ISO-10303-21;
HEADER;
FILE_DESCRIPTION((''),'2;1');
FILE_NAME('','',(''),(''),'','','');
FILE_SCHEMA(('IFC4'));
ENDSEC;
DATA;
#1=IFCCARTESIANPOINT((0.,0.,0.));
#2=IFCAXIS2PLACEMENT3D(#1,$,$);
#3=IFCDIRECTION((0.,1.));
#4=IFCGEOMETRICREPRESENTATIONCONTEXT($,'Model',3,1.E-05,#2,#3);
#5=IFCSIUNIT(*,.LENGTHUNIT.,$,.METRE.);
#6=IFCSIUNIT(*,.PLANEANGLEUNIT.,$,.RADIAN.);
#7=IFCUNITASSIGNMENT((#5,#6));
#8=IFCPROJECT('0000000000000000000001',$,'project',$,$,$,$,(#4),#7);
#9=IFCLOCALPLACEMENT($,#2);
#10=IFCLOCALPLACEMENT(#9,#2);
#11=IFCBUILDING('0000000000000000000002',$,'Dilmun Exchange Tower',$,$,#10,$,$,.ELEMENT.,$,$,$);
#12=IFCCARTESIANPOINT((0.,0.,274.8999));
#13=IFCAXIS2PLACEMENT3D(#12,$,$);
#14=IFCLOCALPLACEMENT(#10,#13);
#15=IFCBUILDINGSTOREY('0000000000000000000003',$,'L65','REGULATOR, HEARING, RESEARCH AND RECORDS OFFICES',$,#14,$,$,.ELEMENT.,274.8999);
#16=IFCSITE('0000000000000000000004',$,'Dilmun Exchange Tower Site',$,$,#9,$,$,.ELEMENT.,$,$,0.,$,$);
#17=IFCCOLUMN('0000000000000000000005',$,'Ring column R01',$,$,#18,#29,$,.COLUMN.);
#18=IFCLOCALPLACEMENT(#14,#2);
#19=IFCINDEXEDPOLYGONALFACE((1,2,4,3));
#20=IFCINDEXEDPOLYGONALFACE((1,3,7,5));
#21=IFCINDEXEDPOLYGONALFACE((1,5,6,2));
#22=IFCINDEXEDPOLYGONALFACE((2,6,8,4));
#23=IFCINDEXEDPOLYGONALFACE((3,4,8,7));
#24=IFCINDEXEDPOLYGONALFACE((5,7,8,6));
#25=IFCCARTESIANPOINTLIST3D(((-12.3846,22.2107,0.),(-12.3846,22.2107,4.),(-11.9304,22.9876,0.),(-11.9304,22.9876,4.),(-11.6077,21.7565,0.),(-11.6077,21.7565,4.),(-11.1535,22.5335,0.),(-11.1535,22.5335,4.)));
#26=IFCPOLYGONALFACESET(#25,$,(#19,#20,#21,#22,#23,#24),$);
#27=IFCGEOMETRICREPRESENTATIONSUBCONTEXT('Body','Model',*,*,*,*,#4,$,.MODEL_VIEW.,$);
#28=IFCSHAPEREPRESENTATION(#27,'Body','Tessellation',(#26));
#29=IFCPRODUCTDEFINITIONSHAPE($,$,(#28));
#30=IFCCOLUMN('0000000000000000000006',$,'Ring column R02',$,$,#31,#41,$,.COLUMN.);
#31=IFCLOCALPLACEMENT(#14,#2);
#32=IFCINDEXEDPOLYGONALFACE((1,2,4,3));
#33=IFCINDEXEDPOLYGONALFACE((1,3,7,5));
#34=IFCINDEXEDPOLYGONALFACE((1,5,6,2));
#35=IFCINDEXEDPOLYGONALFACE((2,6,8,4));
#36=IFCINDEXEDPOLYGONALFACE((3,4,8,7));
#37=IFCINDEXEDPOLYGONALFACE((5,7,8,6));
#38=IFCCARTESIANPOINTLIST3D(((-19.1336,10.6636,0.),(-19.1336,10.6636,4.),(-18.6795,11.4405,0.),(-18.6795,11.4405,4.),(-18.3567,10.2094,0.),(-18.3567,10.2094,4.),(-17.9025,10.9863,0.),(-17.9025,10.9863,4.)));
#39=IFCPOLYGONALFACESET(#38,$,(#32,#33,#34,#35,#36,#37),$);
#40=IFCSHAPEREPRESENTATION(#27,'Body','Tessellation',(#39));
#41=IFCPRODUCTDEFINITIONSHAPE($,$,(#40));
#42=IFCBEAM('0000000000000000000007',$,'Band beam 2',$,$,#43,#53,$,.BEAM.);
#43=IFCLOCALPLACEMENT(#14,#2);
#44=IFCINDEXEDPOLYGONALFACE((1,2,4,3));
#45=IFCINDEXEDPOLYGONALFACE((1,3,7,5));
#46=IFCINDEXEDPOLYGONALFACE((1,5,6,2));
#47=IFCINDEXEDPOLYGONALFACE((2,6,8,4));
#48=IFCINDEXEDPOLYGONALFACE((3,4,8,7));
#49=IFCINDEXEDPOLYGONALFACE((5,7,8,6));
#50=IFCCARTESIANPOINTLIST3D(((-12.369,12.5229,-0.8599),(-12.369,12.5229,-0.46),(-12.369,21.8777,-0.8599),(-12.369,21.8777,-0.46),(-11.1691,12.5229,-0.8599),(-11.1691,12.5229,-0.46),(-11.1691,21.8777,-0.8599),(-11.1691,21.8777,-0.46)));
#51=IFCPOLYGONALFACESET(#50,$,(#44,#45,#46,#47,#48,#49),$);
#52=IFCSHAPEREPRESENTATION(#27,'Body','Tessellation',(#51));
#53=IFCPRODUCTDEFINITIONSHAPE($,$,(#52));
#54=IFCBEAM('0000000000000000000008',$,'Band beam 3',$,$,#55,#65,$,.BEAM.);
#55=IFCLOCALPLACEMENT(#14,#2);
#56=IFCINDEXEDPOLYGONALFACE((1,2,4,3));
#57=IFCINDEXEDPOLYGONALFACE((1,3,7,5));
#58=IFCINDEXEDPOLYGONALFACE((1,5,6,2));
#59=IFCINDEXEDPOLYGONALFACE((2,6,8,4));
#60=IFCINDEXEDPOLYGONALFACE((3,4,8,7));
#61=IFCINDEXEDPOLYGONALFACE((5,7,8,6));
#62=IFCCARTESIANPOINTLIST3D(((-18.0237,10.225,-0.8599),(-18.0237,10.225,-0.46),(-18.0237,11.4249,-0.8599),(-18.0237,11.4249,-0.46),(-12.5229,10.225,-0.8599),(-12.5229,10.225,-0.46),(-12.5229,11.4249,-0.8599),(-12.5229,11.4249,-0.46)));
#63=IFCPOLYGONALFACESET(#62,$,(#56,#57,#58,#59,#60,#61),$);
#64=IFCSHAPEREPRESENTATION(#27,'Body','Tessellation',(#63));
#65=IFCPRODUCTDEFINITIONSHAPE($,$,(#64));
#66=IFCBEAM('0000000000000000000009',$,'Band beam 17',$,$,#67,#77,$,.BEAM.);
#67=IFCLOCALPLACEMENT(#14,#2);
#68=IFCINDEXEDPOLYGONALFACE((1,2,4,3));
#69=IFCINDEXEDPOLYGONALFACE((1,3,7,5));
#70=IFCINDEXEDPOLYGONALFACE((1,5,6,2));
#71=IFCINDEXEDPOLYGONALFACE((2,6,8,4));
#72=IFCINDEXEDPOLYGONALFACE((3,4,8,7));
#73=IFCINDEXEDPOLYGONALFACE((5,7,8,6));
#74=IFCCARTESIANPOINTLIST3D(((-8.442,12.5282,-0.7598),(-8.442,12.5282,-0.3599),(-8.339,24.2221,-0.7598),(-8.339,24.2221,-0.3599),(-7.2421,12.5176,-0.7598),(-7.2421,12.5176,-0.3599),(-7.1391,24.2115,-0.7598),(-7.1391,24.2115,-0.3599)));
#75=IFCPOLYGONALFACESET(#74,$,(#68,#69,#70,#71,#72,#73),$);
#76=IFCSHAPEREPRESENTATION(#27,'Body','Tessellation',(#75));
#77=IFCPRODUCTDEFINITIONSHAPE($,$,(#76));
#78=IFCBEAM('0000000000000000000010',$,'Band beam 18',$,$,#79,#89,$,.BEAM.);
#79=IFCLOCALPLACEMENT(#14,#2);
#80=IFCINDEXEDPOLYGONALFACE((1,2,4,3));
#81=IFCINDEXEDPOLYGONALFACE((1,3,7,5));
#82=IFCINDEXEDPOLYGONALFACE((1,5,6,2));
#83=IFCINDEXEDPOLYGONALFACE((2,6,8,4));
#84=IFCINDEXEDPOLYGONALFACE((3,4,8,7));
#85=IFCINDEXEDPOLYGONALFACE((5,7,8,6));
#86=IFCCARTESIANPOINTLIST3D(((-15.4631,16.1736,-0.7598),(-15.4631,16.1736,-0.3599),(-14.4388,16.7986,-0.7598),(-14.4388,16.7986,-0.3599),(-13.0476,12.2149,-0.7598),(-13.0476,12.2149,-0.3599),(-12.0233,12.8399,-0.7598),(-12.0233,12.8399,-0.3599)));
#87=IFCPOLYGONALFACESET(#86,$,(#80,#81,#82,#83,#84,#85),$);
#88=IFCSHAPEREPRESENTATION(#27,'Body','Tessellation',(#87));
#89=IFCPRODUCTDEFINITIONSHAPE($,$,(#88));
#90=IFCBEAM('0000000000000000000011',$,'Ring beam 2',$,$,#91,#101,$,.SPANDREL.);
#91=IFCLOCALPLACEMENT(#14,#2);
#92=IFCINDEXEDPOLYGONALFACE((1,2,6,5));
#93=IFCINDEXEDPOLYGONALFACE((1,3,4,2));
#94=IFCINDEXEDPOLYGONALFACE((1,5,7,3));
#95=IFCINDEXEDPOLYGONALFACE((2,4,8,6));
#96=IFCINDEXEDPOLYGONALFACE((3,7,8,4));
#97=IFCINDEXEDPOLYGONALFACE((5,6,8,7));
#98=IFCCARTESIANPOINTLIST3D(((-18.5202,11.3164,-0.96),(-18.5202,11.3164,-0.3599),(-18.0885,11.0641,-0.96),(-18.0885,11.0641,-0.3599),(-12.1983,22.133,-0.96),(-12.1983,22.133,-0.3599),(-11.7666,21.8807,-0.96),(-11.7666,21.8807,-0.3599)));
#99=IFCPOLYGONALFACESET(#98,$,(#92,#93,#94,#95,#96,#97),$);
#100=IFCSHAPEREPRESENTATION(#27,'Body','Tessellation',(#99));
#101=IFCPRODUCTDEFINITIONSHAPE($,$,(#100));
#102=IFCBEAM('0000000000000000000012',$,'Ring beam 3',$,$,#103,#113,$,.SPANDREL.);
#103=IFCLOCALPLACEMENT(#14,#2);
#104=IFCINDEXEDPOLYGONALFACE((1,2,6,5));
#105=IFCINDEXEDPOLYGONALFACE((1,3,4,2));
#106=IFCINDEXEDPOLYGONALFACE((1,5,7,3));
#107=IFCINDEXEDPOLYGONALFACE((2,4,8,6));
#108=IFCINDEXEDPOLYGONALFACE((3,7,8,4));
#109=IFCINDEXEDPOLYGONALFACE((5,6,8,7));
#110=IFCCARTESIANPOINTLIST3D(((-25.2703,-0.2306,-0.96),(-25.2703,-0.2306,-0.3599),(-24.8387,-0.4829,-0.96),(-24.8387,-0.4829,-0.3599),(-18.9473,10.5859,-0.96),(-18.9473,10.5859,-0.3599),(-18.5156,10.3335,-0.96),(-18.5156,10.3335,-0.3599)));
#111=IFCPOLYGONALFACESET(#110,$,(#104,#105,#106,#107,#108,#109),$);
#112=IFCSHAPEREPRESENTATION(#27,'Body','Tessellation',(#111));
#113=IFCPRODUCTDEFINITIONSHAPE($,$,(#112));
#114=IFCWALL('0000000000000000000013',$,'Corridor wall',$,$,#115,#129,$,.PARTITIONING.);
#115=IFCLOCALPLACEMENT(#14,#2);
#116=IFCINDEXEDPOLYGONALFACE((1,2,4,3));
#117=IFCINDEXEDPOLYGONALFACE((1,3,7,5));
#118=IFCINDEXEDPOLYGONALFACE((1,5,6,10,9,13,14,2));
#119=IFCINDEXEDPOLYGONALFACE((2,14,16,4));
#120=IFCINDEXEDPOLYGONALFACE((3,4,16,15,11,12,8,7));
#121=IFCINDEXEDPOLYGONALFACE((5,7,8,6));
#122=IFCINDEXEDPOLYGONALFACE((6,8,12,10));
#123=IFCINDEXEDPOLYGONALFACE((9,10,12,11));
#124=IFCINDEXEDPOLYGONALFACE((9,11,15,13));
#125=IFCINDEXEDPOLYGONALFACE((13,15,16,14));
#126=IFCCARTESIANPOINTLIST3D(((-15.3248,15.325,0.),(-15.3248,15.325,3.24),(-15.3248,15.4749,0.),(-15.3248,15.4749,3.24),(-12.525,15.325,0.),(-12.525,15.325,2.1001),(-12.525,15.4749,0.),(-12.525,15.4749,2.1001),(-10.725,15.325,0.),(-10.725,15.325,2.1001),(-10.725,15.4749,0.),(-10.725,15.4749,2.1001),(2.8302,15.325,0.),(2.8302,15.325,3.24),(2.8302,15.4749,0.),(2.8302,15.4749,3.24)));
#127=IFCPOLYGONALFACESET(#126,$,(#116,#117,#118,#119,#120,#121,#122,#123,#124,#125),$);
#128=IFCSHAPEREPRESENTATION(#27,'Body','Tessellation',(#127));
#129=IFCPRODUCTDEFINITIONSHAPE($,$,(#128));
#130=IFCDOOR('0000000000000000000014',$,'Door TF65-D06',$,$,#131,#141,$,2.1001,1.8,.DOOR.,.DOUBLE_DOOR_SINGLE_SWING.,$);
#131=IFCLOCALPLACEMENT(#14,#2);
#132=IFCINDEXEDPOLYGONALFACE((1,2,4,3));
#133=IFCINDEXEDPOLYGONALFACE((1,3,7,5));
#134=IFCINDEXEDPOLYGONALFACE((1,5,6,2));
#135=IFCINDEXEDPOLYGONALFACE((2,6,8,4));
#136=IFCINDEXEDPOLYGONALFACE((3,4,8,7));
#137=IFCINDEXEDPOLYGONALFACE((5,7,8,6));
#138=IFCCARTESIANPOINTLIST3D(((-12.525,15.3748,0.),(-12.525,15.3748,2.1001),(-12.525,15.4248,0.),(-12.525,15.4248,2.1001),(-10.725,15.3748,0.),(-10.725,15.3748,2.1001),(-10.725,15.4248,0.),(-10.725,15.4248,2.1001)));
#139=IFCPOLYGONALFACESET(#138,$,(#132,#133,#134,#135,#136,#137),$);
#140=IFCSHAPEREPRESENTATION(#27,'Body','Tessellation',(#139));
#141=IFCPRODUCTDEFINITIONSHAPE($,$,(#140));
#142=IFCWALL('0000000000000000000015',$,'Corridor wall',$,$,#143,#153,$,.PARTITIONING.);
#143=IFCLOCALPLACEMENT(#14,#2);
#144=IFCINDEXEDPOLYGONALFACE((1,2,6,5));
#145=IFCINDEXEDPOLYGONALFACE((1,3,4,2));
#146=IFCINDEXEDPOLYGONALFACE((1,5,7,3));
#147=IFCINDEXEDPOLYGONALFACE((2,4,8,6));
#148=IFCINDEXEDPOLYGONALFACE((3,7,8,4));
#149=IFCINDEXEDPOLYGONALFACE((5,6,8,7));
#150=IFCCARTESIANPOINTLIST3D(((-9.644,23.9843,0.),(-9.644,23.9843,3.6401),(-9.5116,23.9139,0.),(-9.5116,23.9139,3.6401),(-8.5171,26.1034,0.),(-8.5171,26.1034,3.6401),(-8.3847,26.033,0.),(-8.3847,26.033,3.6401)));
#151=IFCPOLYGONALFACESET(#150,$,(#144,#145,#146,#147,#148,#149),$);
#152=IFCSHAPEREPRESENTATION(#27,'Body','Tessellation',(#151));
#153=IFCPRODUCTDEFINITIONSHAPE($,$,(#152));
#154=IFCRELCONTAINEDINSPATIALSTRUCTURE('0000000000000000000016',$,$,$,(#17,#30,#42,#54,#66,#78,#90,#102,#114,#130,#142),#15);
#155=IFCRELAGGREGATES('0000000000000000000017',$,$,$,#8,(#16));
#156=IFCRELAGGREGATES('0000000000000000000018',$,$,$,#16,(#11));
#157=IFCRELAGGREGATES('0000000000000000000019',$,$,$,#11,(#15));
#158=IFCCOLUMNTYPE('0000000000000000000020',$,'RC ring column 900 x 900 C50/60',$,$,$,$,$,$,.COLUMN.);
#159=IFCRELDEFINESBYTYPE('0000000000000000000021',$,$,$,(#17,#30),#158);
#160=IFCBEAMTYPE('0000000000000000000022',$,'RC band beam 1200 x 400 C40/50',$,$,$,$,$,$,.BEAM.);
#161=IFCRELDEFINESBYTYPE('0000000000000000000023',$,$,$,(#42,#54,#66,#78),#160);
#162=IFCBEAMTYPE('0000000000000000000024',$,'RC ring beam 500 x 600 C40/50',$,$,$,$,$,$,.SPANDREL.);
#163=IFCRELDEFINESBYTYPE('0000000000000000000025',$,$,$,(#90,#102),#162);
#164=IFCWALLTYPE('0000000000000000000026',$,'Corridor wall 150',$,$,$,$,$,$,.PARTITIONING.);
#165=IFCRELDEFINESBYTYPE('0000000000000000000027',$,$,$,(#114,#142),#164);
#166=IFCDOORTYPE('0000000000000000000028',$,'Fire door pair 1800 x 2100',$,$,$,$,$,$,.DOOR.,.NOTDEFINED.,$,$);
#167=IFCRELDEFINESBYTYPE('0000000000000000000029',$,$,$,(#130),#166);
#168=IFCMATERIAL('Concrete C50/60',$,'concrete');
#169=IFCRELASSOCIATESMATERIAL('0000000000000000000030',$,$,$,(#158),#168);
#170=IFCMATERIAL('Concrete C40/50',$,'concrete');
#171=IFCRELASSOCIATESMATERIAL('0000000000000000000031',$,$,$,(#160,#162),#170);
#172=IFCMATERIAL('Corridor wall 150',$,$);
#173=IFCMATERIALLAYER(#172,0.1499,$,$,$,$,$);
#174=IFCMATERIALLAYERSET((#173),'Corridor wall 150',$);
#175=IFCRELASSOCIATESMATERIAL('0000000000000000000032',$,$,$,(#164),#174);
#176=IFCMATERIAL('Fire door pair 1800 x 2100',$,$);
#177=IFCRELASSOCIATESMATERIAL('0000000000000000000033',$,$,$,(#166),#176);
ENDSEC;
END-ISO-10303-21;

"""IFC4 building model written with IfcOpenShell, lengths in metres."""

from ifc_helpers import new_model, si_unit, direction, frame, frame_2d, origin, origin_2d, place, context, subcontext, project, spatial, rectangle, extrude, material, layer, layer_set, material_profile, profile_set, type_object, element, fill, save


model = new_model("IFC4")

# Units and contexts
model_context = context("Model", 3, precision=1e-05, world=origin(), true_north=direction((0.0, 1.0)))
body_context = subcontext(model_context, "Body", "Model", "MODEL_VIEW")
ifc_project = project(units=[si_unit("LENGTHUNIT", "METRE"), si_unit("PLANEANGLEUNIT", "RADIAN")], contexts=[model_context])

# Site, building, storey
site_placement = place(None, origin())
site = spatial("IfcSite", under=ifc_project, at=site_placement, Name="Dilmun Exchange Tower Site", CompositionType="ELEMENT", RefElevation=0.0)
building_placement = place(site_placement, origin())
building = spatial("IfcBuilding", under=site, at=building_placement, Name="Dilmun Exchange Tower", CompositionType="ELEMENT")
storey_placement = place(building_placement, frame((0.0, 0.0, 274.8999)))
storey = spatial("IfcBuildingStorey", under=building, at=storey_placement, Name="L65", Description="REGULATOR, HEARING, RESEARCH AND RECORDS OFFICES", CompositionType="ELEMENT", Elevation=274.8999)

# Columns
ifc_material_1 = material(Name="Concrete C50/60", Category="concrete")
ifc_material_profile_1 = material_profile(ifc_material_1, rectangle(XDim=0.8999, YDim=0.8999, at=origin_2d()), Name="900 x 900")
ifc_profile_set_1 = profile_set([ifc_material_profile_1], Name="Concrete C50/60")
column_type = type_object("IfcColumnType", Name="RC ring column 900 x 900 C50/60", PredefinedType="COLUMN", material=ifc_profile_set_1)
for number, where, z_axis, x_axis, name in (
    (1, (-11.769, 22.3721, 0.0), (0.0, 0.0, 1.0), (0.504644, 0.863328, 0.0), "Ring column R01"),
    (2, (-18.5181, 10.825, 0.0), (0.0, 0.0, 1.0), (0.504644, 0.863328, 0.0), "Ring column R02"),
):
    element("IfcColumn", number, at=place(storey_placement, frame(where, z_axis=z_axis, x_axis=x_axis)), inside=storey, type_object=column_type, Name=name, PredefinedType="COLUMN", context=body_context, shape_type="SweptSolid", body=[
        extrude(rectangle(XDim=0.8999, YDim=0.8999, at=origin_2d()), origin(), (0.0, 0.0, 1.0), 4.0),
    ])

# Beams
ifc_material_2 = material(Name="Concrete C40/50", Category="concrete")
ifc_material_profile_2 = material_profile(ifc_material_2, rectangle(XDim=1.2, YDim=0.3999, at=origin_2d()), Name="1200 x 400")
ifc_profile_set_2 = profile_set([ifc_material_profile_2], Name="Concrete C40/50")
beam_type_1 = type_object("IfcBeamType", Name="RC band beam 1200 x 400 C40/50", PredefinedType="BEAM", material=ifc_profile_set_2)
beam_1_placement = place(storey_placement, frame((-11.769, 21.8777, -0.6599), z_axis=(0.0, -1.0, 0.0), x_axis=(1.0, 0.0, 0.0)))
element("IfcBeam", 3, at=beam_1_placement, inside=storey, type_object=beam_type_1, Name="Band beam 2", PredefinedType="BEAM", context=body_context, shape_type="SweptSolid", body=[
    extrude(rectangle(XDim=1.2, YDim=0.3999, at=origin_2d()), origin(), (0.0, 0.0, 1.0), 9.3547),
])
beam_2_placement = place(storey_placement, frame((-18.0237, 10.825, -0.6599), z_axis=(1.0, 0.0, 0.0), x_axis=(0.0, 1.0, 0.0)))
element("IfcBeam", 4, at=beam_2_placement, inside=storey, type_object=beam_type_1, Name="Band beam 3", PredefinedType="BEAM", context=body_context, shape_type="SweptSolid", body=[
    extrude(rectangle(XDim=1.2, YDim=0.3999, at=origin_2d()), origin(), (0.0, 0.0, 1.0), 5.5007),
])
beam_3_placement = place(storey_placement, frame((-7.739, 24.2168, -0.5598), z_axis=(-0.00881, -0.999961, 0.0), x_axis=(0.999961, -0.00881, 0.0)))
element("IfcBeam", 5, at=beam_3_placement, inside=storey, type_object=beam_type_1, Name="Band beam 17", PredefinedType="BEAM", context=body_context, shape_type="SweptSolid", body=[
    extrude(rectangle(XDim=1.2, YDim=0.3999, at=origin_2d()), origin(), (0.0, 0.0, 1.0), 11.6943),
])
beam_4_placement = place(storey_placement, frame((-14.9509, 16.4861, -0.5598), z_axis=(0.520869, -0.853637, 0.0), x_axis=(0.853637, 0.520869, 0.0)))
element("IfcBeam", 6, at=beam_4_placement, inside=storey, type_object=beam_type_1, Name="Band beam 18", PredefinedType="BEAM", context=body_context, shape_type="SweptSolid", body=[
    extrude(rectangle(XDim=1.2, YDim=0.3999, at=origin_2d()), origin(), (0.0, 0.0, 1.0), 4.6375),
])
ifc_material_profile_3 = material_profile(ifc_material_2, rectangle(XDim=0.5, YDim=0.6001, at=origin_2d()), Name="500 x 600")
ifc_profile_set_3 = profile_set([ifc_material_profile_3], Name="Concrete C40/50")
beam_type_2 = type_object("IfcBeamType", Name="RC ring beam 500 x 600 C40/50", PredefinedType="SPANDREL", material=ifc_profile_set_3)
beam_5_placement = place(storey_placement, frame((-11.9824, 22.0068, -0.6599), z_axis=(-0.504604, -0.863351, 0.0), x_axis=(0.863351, -0.504604, 0.0)))
element("IfcBeam", 7, at=beam_5_placement, inside=storey, type_object=beam_type_2, Name="Ring beam 2", PredefinedType="SPANDREL", context=body_context, shape_type="SweptSolid", body=[
    extrude(rectangle(XDim=0.5, YDim=0.6001, at=origin_2d()), origin(), (0.0, 0.0, 1.0), 12.5286),
])
beam_6_placement = place(storey_placement, frame((-18.7314, 10.4597, -0.6599), z_axis=(-0.50467, -0.863312, 0.0), x_axis=(0.863312, -0.50467, 0.0)))
element("IfcBeam", 8, at=beam_6_placement, inside=storey, type_object=beam_type_2, Name="Ring beam 3", PredefinedType="SPANDREL", context=body_context, shape_type="SweptSolid", body=[
    extrude(rectangle(XDim=0.5, YDim=0.6001, at=origin_2d()), origin(), (0.0, 0.0, 1.0), 12.5291),
])

# Wall, opening, door
ifc_material_3 = material(Name="Corridor wall 150")
ifc_layer_1 = layer(ifc_material_3, 0.1499)
ifc_layer_set_1 = layer_set([ifc_layer_1], Name="Corridor wall 150")
wall_type_1 = type_object("IfcWallType", Name="Corridor wall 150", PredefinedType="PARTITIONING", material=ifc_layer_set_1)
wall_1_placement = place(storey_placement, frame((-15.325, 15.3999, 0.0), z_axis=(0.0, 0.0, 1.0), x_axis=(1.0, 0.0, 0.0)))
wall_1 = element("IfcWall", 9, at=wall_1_placement, inside=storey, type_object=wall_type_1, Name="Corridor wall", PredefinedType="PARTITIONING", context=body_context, shape_type="SweptSolid", body=[
    extrude(rectangle(XDim=18.155, YDim=0.1499, at=frame_2d((9.0776, 0.0))), origin(), (0.0, 0.0, 1.0), 3.24),
])
opening_1_placement = place(wall_1_placement, frame((2.8, 0.0, 0.0)))
opening_1 = element("IfcOpeningElement", 10, at=opening_1_placement, cuts=wall_1, PredefinedType="OPENING", context=body_context, shape_type="SweptSolid", body=[
    extrude(rectangle(XDim=1.8, YDim=2.1001, at=frame_2d((0.8999, 1.05))), frame((0.0, 0.085, 0.0), z_axis=(0.0, -1.0, 0.0), x_axis=(1.0, 0.0, 0.0)), (0.0, 0.0, 1.0), 0.1699),
])
ifc_material_4 = material(Name="Fire door pair 1800 x 2100")
door_type_1 = type_object("IfcDoorType", Name="Fire door pair 1800 x 2100", OperationType="NOTDEFINED", PredefinedType="DOOR", material=ifc_material_4)
door_1_placement = place(opening_1_placement, origin())
door_1 = element("IfcDoor", 11, at=door_1_placement, inside=storey, type_object=door_type_1, Name="Door TF65-D06", OperationType="DOUBLE_DOOR_SINGLE_SWING", OverallHeight=2.1001, OverallWidth=1.8, PredefinedType="DOOR", context=body_context, shape_type="SweptSolid", body=[
    extrude(rectangle(XDim=1.8, YDim=2.1001, at=frame_2d((0.8999, 1.05))), frame((0.0, 0.0249, 0.0), z_axis=(0.0, -1.0, 0.0), x_axis=(1.0, 0.0, 0.0)), (0.0, 0.0, 1.0), 0.05),
])
fill(opening_1, door_1)

# Wall
wall_2_placement = place(storey_placement, frame((-9.5779, 23.949, 0.0), z_axis=(0.0, 0.0, 1.0), x_axis=(0.469532, 0.882915, 0.0)))
element("IfcWall", 12, at=wall_2_placement, inside=storey, type_object=wall_type_1, Name="Corridor wall", PredefinedType="PARTITIONING", context=body_context, shape_type="SweptSolid", body=[
    extrude(rectangle(XDim=2.4001, YDim=0.1499, at=frame_2d((1.2002, 0.0))), origin(), (0.0, 0.0, 1.0), 3.6401),
])

save(model, "model.ifc")
